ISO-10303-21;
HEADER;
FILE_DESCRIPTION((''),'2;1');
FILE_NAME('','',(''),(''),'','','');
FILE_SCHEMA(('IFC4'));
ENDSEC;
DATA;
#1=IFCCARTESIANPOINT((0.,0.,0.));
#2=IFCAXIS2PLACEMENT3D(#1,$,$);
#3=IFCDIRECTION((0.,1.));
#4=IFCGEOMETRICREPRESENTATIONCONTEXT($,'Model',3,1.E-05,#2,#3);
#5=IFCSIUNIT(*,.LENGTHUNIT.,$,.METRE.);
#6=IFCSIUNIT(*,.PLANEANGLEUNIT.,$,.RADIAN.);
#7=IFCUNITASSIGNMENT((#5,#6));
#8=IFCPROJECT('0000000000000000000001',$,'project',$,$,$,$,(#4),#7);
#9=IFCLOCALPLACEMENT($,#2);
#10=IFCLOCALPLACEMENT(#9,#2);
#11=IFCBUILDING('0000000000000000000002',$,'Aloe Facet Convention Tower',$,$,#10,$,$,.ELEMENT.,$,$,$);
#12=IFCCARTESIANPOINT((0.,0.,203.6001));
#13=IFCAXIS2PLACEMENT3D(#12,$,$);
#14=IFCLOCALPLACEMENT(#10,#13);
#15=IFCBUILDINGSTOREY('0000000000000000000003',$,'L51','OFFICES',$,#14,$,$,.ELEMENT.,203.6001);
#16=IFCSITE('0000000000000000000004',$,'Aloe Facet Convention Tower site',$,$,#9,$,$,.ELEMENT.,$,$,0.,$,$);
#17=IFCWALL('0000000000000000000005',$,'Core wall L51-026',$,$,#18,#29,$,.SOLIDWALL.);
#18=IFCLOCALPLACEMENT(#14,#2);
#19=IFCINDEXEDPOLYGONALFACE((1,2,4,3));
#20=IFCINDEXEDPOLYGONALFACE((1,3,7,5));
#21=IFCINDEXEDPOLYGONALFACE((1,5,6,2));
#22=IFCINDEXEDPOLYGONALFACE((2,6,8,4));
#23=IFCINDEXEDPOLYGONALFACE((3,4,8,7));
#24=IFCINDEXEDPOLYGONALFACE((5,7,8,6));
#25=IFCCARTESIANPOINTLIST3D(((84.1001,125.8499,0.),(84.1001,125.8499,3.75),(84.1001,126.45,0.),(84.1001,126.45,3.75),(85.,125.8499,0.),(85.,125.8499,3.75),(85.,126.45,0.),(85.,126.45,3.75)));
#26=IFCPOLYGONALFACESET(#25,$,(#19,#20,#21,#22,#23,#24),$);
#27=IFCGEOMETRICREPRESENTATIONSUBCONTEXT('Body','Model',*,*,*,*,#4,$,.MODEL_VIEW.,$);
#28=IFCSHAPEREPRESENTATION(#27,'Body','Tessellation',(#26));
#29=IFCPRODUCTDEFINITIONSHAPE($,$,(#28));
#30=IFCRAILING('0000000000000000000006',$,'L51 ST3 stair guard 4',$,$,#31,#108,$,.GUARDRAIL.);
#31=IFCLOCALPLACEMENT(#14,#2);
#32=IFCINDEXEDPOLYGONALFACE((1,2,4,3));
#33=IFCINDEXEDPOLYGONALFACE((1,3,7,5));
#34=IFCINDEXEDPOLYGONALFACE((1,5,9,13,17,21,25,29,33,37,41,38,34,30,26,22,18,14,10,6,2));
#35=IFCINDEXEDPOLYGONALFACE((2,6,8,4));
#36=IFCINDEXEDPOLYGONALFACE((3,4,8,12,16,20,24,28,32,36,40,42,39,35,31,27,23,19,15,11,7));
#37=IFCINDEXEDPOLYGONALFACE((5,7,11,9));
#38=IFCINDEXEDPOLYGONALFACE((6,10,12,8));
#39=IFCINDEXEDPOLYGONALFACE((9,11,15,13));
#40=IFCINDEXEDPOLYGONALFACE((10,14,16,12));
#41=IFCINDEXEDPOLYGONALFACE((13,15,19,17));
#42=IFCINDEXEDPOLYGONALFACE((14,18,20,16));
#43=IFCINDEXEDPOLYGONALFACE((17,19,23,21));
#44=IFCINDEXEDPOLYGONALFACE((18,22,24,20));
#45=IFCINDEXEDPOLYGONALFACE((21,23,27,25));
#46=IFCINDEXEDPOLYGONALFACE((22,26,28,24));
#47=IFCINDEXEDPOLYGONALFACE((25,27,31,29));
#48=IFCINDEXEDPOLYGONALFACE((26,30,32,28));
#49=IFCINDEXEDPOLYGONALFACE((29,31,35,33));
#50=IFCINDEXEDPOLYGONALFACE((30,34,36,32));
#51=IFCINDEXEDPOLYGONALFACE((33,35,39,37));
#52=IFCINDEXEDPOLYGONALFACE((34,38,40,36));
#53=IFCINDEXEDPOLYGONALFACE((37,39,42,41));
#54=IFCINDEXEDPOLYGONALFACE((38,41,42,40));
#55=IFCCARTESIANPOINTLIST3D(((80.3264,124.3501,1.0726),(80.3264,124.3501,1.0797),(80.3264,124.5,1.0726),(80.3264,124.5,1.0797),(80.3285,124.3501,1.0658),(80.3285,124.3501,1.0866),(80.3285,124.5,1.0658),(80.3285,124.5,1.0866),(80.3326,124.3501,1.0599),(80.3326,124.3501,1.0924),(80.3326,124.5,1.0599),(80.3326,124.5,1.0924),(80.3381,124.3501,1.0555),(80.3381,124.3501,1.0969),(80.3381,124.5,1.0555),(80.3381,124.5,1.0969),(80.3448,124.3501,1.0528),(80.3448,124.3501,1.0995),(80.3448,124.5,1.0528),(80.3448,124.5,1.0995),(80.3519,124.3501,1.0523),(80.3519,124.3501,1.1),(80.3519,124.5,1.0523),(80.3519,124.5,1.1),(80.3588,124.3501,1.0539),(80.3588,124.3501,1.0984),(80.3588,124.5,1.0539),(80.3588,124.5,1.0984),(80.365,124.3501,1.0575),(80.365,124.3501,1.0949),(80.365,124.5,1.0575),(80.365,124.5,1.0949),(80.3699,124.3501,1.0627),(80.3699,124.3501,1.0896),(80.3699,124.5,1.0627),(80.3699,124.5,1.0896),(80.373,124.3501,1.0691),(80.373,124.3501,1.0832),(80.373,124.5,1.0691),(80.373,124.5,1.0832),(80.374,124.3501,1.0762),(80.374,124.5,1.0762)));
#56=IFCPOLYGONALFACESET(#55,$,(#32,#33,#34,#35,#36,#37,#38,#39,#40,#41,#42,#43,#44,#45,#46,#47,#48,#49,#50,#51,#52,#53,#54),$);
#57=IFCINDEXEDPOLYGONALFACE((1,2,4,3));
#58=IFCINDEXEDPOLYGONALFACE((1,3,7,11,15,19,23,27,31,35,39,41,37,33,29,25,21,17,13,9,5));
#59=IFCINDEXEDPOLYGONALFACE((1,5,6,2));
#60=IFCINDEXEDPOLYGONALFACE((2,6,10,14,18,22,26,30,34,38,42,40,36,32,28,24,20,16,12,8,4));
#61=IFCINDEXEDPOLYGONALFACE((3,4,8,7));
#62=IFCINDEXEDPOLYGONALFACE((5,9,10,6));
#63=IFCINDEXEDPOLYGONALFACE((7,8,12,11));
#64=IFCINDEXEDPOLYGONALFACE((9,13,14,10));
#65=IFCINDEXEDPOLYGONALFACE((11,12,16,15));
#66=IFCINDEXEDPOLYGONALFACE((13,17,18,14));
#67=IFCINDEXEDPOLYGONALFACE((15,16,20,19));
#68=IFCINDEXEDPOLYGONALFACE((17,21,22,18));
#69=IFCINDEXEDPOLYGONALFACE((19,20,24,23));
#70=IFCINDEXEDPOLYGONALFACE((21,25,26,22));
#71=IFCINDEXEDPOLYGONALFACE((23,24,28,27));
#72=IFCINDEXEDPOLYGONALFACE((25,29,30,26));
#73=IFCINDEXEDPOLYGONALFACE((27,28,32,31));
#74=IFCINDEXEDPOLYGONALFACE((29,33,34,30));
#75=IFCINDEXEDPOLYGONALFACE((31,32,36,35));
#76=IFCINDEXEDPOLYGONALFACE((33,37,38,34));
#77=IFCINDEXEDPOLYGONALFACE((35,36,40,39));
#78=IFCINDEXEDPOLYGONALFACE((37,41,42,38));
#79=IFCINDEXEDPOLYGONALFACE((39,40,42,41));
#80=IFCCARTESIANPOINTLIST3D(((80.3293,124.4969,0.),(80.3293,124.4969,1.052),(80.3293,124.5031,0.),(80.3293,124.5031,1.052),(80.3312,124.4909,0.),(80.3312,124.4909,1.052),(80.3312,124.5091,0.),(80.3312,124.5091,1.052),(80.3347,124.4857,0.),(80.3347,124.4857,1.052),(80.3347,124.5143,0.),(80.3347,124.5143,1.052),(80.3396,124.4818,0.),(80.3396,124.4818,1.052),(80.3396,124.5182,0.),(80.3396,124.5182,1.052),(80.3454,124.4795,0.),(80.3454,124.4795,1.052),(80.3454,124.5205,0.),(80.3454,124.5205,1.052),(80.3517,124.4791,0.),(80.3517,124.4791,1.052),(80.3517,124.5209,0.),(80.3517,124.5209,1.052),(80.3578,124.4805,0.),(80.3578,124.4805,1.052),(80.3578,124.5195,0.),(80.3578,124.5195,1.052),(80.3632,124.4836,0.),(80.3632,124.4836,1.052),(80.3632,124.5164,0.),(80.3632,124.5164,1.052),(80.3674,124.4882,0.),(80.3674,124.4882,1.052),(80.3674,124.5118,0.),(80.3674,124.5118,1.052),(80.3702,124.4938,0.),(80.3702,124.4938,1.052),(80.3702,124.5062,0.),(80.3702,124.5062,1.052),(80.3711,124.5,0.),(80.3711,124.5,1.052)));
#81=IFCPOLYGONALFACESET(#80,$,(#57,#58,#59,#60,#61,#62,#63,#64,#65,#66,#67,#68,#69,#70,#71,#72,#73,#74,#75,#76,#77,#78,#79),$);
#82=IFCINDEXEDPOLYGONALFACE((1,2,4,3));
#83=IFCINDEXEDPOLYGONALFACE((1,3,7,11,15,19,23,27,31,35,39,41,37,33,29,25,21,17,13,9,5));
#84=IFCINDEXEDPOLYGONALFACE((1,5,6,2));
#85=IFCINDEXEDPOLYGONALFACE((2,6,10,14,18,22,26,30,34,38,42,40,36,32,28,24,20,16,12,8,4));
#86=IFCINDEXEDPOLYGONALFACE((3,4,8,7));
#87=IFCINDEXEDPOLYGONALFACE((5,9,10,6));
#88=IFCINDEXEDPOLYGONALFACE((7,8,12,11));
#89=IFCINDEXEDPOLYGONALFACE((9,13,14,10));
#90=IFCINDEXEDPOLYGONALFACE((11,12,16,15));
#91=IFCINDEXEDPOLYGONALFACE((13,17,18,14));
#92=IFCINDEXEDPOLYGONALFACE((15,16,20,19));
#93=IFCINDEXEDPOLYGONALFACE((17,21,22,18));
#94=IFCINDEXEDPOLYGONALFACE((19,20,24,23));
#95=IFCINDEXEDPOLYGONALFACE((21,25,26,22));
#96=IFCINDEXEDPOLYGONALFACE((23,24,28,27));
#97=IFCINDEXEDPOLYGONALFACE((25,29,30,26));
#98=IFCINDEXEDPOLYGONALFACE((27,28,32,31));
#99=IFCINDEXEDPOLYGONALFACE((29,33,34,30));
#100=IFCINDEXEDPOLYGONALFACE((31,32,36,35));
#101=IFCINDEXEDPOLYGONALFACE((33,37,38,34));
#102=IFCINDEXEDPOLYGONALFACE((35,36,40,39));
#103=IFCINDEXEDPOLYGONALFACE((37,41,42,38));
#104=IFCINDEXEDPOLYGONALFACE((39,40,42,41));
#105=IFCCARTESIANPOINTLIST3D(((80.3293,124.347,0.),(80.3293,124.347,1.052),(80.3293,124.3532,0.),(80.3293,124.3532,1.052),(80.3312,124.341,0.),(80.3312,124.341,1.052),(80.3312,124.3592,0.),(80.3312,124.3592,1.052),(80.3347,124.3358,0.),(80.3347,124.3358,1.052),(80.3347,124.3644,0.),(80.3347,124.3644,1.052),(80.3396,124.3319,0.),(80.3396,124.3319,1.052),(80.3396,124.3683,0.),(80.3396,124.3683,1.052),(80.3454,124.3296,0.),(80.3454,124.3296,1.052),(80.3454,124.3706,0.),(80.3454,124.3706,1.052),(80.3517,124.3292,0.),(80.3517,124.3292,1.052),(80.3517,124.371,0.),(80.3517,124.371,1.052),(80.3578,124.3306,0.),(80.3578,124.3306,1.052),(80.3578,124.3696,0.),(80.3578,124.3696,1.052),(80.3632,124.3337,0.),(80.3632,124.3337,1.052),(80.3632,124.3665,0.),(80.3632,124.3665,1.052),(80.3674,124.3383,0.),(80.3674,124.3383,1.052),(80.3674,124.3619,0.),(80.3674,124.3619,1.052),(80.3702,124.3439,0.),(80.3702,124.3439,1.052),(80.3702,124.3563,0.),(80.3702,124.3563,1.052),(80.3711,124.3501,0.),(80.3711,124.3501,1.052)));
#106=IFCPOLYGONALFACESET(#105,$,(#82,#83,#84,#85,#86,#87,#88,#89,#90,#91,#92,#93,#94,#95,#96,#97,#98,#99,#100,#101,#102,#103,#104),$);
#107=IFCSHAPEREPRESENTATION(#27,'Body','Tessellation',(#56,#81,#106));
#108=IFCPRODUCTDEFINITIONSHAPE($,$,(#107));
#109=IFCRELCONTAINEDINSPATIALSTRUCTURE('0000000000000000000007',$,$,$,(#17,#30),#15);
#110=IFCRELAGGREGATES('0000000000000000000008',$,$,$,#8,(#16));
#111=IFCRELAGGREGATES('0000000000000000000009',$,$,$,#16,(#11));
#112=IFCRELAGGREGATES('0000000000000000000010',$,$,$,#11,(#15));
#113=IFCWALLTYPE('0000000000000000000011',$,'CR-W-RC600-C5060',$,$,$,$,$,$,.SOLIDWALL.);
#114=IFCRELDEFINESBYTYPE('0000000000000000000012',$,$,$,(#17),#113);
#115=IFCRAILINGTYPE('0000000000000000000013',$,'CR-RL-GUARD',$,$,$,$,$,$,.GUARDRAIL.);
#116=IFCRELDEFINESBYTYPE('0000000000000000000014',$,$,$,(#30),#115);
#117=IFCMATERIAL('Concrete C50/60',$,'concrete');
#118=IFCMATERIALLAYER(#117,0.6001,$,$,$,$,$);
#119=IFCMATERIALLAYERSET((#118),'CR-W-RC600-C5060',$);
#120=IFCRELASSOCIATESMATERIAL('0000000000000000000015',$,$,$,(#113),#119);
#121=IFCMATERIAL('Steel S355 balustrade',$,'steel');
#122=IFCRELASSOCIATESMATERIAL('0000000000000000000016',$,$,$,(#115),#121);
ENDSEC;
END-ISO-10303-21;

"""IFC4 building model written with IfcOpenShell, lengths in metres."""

from ifc_helpers import new_model, si_unit, direction, frame, frame_2d, origin, origin_2d, place, context, subcontext, project, spatial, rectangle, circle, extrude, material, layer, layer_set, type_object, element, save


model = new_model("IFC4")

# Units and contexts
model_context = context("Model", 3, precision=1e-05, world=origin(), true_north=direction((0.0, 1.0)))
body_context = subcontext(model_context, "Body", "Model", "MODEL_VIEW")
ifc_project = project(units=[si_unit("LENGTHUNIT", "METRE"), si_unit("PLANEANGLEUNIT", "RADIAN")], contexts=[model_context])

# Site, building, storey
site_placement = place(None, origin())
site = spatial("IfcSite", under=ifc_project, at=site_placement, Name="Aloe Facet Convention Tower site", CompositionType="ELEMENT", RefElevation=0.0)
building_placement = place(site_placement, origin())
building = spatial("IfcBuilding", under=site, at=building_placement, Name="Aloe Facet Convention Tower", CompositionType="ELEMENT")
storey_placement = place(building_placement, frame((0.0, 0.0, 203.6001)))
storey = spatial("IfcBuildingStorey", under=building, at=storey_placement, Name="L51", Description="OFFICES", CompositionType="ELEMENT", Elevation=203.6001)

# Wall
ifc_material_1 = material(Name="Concrete C50/60", Category="concrete")
ifc_layer_1 = layer(ifc_material_1, 0.6001)
ifc_layer_set_1 = layer_set([ifc_layer_1], Name="CR-W-RC600-C5060")
wall_type_1 = type_object("IfcWallType", Name="CR-W-RC600-C5060", PredefinedType="SOLIDWALL", material=ifc_layer_set_1)
wall_1_placement = place(storey_placement, frame((84.1001, 126.1499, 0.0), z_axis=(0.0, 0.0, 1.0), x_axis=(1.0, 0.0, 0.0)))
element("IfcWall", 1, at=wall_1_placement, inside=storey, type_object=wall_type_1, Name="Core wall L51-026", PredefinedType="SOLIDWALL", context=body_context, shape_type="SweptSolid", body=[
    extrude(rectangle(XDim=0.8999, YDim=0.6001, at=frame_2d((0.45, 0.0))), origin(), (0.0, 0.0, 1.0), 3.75),
])

# Railing
ifc_material_2 = material(Name="Steel S355 balustrade", Category="steel")
railing_type_1 = type_object("IfcRailingType", Name="CR-RL-GUARD", PredefinedType="GUARDRAIL", material=ifc_material_2)
railing_1_placement = place(storey_placement, frame((80.3501, 124.5, 0.0)))
element("IfcRailing", 2, at=railing_1_placement, inside=storey, type_object=railing_type_1, Name="L51 ST3 stair guard 4", PredefinedType="GUARDRAIL", context=body_context, shape_type="SweptSolid", body=[
    extrude(circle(Radius=0.0239, at=origin_2d()), frame((0.0, 0.0, 1.0762), z_axis=(0.0, -1.0, 0.0), x_axis=(1.0, 0.0, 0.0)), (0.0, 0.0, 1.0), 0.1499),
    extrude(circle(Radius=0.021, at=origin_2d()), origin(), (0.0, 0.0, 1.0), 1.052),
    extrude(circle(Radius=0.021, at=origin_2d()), frame((0.0, -0.1499, 0.0)), (0.0, 0.0, 1.0), 1.052),
])

save(model, "model.ifc")
